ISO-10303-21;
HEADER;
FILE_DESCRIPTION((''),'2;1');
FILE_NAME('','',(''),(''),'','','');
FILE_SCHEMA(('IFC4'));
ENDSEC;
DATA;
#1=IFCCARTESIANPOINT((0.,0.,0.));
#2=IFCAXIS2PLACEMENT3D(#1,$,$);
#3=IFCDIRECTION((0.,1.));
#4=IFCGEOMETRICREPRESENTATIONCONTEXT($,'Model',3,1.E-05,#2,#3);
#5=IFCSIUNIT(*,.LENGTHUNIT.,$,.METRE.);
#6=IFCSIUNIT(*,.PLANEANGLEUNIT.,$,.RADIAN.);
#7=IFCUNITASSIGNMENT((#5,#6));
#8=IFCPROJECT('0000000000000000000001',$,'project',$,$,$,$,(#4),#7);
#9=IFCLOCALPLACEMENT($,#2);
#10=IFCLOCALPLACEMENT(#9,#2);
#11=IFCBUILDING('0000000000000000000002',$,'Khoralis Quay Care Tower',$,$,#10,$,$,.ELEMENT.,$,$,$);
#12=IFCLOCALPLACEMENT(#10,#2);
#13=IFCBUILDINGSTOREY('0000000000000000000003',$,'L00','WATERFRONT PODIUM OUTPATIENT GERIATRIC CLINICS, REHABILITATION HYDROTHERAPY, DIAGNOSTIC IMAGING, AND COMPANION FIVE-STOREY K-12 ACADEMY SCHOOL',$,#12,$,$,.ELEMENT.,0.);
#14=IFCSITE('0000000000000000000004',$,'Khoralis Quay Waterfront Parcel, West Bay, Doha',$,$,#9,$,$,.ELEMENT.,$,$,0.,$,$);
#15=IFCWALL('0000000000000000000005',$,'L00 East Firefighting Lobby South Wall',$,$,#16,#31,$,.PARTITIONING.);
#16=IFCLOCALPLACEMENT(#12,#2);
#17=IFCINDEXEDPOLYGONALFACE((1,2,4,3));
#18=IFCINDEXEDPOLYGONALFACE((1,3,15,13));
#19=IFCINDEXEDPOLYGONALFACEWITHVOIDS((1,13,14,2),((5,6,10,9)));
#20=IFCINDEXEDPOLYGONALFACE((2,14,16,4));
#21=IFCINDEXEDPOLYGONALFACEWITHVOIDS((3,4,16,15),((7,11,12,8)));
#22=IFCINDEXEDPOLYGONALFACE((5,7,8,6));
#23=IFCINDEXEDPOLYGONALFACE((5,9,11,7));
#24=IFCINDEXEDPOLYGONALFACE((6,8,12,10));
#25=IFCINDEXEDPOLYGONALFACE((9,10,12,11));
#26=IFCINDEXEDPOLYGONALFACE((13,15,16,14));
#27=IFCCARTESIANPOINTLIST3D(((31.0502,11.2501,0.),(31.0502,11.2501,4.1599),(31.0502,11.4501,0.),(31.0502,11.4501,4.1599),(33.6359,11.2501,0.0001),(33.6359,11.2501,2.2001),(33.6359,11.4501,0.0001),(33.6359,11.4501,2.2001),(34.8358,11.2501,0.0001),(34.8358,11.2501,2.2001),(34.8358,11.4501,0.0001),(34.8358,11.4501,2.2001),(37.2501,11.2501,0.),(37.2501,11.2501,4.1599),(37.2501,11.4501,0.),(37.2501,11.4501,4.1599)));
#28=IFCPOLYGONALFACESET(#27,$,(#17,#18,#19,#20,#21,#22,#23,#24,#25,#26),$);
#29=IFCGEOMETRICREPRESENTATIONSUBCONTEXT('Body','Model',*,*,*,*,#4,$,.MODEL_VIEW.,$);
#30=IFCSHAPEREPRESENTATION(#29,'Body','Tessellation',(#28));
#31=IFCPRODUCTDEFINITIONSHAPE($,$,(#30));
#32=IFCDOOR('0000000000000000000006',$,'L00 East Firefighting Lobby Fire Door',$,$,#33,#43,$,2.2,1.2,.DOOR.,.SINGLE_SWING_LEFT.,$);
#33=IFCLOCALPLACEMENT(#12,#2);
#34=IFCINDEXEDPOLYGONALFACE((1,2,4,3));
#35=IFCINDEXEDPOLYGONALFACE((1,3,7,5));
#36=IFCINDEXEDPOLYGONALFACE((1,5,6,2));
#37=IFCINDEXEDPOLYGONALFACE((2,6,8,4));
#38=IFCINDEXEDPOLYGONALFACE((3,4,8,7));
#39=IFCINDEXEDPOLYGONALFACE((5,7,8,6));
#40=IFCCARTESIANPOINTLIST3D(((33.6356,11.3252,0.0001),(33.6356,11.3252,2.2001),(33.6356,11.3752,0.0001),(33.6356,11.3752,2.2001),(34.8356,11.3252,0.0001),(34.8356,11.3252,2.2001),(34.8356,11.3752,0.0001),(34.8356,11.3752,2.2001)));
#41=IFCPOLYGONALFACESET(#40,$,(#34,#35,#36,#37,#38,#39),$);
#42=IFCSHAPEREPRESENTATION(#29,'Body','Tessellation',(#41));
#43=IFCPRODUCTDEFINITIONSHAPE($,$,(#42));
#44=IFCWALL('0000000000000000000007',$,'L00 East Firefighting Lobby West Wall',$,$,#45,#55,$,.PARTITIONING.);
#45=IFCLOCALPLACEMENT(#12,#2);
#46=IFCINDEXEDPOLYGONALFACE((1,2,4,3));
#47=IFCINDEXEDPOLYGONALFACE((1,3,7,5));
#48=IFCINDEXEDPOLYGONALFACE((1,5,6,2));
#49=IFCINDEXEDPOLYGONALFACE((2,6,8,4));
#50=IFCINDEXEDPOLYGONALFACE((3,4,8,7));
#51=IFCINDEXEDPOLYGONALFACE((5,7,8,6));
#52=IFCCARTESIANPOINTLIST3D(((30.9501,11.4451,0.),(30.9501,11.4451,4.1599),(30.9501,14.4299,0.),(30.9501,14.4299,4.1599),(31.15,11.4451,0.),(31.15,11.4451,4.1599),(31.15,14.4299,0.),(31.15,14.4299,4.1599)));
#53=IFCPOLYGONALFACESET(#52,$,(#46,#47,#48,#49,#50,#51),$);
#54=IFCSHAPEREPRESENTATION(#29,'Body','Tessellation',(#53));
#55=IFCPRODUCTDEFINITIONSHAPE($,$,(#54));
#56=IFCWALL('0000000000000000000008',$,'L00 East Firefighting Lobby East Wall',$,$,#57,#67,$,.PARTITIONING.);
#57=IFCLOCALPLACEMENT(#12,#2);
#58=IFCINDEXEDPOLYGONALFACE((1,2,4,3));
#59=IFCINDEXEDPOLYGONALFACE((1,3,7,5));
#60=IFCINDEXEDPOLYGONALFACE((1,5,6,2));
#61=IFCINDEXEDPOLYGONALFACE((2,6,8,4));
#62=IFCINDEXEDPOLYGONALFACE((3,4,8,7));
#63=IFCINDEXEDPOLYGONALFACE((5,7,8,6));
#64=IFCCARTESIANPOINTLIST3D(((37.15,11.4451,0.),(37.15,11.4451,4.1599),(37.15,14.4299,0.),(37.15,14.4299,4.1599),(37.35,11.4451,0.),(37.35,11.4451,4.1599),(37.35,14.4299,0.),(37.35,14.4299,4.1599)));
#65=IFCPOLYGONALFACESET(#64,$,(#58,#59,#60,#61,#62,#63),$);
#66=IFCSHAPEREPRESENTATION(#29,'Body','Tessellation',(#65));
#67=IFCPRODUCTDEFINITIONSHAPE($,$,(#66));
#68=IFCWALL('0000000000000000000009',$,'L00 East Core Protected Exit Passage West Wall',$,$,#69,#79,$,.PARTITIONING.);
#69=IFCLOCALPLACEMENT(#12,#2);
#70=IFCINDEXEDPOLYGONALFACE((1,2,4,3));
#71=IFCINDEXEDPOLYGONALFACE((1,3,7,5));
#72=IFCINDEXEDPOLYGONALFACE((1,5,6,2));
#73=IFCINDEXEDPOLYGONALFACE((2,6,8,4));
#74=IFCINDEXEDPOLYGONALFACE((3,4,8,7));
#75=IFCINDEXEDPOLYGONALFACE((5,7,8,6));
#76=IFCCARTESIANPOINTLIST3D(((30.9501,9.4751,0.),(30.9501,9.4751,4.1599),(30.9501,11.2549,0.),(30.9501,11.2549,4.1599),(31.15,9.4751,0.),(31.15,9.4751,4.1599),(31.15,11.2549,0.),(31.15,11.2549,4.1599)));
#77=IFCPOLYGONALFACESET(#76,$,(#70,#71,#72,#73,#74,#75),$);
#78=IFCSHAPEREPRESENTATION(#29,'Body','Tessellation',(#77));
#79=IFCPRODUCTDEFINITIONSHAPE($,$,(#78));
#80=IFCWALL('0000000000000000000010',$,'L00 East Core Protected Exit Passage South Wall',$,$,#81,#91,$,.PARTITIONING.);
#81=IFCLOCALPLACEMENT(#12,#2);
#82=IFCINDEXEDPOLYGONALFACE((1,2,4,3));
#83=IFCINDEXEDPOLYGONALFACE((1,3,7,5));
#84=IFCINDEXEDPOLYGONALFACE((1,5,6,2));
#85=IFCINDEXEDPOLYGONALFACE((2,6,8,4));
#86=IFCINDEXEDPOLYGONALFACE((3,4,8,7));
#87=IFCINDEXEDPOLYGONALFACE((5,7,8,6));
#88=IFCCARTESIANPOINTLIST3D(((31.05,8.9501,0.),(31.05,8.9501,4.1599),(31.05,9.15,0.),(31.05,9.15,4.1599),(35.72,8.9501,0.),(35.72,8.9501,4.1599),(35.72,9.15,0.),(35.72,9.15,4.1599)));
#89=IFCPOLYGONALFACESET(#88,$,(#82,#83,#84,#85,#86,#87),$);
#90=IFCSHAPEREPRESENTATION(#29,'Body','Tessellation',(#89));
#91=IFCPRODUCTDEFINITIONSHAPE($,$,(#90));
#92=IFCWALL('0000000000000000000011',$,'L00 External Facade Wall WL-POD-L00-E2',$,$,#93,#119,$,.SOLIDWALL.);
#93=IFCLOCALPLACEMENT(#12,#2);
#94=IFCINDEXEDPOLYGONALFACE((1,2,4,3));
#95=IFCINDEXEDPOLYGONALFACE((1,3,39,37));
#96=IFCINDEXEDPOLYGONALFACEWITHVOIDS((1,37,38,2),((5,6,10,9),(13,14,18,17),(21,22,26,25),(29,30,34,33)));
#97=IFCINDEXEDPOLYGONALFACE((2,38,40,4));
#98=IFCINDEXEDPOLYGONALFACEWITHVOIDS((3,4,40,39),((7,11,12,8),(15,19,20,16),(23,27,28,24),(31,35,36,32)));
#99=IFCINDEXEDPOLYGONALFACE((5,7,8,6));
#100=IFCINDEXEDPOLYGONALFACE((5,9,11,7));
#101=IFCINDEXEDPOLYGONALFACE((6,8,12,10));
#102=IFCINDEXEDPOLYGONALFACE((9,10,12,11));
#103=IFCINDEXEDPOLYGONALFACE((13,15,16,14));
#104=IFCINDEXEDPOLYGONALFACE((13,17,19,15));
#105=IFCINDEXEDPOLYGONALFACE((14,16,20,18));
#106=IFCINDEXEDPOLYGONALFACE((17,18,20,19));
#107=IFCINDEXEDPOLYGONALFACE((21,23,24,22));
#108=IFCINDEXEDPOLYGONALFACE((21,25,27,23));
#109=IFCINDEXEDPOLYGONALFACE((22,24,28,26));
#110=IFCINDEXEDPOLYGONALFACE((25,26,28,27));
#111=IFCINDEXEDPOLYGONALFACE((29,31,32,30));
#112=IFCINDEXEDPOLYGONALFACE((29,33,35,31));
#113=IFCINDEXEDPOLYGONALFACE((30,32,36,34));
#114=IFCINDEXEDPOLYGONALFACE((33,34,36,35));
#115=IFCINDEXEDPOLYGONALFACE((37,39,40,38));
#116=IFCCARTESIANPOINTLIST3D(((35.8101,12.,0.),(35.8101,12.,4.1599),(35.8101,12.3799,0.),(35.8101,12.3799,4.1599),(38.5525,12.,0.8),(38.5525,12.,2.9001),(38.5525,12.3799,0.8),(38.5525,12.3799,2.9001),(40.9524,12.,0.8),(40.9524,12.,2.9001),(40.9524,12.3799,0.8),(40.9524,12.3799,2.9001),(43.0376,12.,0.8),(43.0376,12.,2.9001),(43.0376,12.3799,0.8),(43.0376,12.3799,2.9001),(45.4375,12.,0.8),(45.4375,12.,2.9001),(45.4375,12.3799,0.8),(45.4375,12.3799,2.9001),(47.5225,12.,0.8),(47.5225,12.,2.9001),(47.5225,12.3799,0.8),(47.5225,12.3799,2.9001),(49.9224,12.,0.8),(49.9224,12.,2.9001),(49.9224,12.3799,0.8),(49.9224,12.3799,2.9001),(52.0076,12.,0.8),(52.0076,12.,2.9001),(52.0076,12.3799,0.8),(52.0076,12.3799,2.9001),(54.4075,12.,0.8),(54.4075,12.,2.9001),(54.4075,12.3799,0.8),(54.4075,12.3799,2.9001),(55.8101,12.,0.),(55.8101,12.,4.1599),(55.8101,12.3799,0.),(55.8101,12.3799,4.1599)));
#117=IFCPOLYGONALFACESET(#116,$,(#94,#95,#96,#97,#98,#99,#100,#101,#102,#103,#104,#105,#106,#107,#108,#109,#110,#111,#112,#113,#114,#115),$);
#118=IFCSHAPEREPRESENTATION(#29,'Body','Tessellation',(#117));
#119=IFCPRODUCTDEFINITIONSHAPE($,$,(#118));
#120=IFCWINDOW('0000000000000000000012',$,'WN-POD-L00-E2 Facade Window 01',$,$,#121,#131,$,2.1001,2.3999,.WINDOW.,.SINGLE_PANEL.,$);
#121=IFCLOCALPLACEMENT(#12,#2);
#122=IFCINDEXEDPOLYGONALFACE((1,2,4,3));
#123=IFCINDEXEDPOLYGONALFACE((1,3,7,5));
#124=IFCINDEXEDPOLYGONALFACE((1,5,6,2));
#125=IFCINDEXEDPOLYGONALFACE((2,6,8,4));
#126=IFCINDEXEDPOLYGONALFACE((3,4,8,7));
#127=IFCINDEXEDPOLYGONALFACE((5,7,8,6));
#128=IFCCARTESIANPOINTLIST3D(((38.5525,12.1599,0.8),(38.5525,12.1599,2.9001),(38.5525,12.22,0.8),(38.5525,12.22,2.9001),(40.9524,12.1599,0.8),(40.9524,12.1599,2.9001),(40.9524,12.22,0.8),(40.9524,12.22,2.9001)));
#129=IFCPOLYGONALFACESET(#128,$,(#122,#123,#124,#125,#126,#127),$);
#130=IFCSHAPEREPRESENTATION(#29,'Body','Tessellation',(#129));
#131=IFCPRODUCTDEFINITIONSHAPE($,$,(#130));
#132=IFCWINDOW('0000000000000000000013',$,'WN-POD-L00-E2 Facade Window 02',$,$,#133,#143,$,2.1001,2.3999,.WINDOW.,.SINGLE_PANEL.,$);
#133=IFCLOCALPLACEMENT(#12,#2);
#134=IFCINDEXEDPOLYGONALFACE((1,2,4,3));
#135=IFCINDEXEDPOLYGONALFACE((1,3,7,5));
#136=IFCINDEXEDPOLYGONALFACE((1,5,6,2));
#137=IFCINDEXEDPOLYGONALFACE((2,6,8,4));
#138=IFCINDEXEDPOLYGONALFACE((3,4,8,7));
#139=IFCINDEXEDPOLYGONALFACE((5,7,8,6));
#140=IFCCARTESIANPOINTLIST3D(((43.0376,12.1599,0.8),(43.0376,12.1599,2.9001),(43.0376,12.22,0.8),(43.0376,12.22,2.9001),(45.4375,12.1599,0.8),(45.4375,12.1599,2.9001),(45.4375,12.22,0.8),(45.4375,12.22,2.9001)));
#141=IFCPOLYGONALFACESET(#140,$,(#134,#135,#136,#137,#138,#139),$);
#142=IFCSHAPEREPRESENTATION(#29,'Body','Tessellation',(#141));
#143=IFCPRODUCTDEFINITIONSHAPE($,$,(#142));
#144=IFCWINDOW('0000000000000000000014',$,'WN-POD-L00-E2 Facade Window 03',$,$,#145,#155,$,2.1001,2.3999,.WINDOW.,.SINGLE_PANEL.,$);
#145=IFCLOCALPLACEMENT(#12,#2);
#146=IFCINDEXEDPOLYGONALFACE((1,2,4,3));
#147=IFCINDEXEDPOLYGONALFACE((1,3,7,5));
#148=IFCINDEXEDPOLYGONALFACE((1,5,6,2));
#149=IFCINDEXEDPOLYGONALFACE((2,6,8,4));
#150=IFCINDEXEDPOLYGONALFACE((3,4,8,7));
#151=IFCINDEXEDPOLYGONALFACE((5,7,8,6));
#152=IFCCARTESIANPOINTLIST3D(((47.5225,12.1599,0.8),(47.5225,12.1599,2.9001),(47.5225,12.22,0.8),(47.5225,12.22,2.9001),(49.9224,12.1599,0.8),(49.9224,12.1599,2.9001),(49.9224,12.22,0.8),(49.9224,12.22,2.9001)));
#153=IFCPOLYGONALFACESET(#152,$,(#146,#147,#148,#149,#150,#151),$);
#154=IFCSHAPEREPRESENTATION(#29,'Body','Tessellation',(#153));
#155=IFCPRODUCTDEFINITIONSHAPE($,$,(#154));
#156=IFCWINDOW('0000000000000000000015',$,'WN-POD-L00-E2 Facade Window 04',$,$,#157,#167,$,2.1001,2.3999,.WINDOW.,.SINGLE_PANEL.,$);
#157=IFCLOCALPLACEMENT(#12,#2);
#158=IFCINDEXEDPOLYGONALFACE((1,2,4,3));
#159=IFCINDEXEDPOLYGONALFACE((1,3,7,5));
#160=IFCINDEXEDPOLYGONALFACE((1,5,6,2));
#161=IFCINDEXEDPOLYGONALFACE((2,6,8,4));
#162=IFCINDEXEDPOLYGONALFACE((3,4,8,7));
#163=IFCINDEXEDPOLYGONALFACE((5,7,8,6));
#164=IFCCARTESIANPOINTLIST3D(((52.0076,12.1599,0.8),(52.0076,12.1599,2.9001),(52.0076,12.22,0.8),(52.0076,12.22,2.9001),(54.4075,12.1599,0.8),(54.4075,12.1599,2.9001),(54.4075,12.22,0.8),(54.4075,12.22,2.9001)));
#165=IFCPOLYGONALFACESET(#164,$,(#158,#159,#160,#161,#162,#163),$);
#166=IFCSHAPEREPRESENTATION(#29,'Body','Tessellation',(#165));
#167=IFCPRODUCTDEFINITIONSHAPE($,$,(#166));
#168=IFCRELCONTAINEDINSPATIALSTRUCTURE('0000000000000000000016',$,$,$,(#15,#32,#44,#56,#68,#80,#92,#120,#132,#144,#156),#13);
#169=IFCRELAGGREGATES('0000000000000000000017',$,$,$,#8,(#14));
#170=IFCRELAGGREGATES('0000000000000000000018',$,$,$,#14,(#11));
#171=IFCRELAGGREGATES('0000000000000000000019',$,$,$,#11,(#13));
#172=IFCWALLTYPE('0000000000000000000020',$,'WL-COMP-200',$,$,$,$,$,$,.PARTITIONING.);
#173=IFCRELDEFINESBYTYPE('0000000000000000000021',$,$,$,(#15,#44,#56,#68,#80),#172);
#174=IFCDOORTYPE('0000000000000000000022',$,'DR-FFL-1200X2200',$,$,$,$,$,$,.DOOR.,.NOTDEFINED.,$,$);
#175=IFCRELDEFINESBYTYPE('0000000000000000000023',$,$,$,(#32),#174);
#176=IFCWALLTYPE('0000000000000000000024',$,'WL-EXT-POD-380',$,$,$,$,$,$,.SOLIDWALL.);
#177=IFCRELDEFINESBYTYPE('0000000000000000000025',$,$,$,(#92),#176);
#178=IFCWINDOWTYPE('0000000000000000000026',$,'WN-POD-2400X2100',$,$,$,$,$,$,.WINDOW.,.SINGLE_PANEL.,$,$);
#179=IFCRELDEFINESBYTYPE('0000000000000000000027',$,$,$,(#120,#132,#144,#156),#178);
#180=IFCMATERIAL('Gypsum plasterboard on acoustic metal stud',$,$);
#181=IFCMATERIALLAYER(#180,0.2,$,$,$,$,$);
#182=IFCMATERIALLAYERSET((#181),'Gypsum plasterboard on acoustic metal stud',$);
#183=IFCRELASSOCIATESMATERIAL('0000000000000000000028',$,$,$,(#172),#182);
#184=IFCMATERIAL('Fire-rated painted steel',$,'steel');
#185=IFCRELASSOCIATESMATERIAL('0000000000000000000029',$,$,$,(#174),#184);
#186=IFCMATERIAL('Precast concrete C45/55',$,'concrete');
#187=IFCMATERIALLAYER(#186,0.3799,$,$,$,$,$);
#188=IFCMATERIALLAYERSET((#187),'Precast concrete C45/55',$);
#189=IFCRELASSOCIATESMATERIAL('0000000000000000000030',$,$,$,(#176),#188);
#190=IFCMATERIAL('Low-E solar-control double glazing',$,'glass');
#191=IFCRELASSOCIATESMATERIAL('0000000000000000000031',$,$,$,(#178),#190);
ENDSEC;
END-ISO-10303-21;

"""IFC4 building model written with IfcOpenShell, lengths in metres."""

from ifc_helpers import new_model, si_unit, direction, frame, frame_2d, origin, place, context, subcontext, project, spatial, rectangle, extrude, source, transform, mapped, material, layer, layer_set, type_object, element, fill, save


model = new_model("IFC4")

# Units and contexts
model_context = context("Model", 3, precision=1e-05, world=origin(), true_north=direction((0.0, 1.0)))
body_context = subcontext(model_context, "Body", "Model", "MODEL_VIEW")
ifc_project = project(units=[si_unit("LENGTHUNIT", "METRE"), si_unit("PLANEANGLEUNIT", "RADIAN")], contexts=[model_context])

# Site, building, storey
site_placement = place(None, origin())
site = spatial("IfcSite", under=ifc_project, at=site_placement, Name="Khoralis Quay Waterfront Parcel, West Bay, Doha", CompositionType="ELEMENT", RefElevation=0.0)
building_placement = place(site_placement, origin())
building = spatial("IfcBuilding", under=site, at=building_placement, Name="Khoralis Quay Care Tower", CompositionType="ELEMENT")
storey_placement = place(building_placement, origin())
storey = spatial("IfcBuildingStorey", under=building, at=storey_placement, Name="L00", Description="WATERFRONT PODIUM OUTPATIENT GERIATRIC CLINICS, REHABILITATION HYDROTHERAPY, DIAGNOSTIC IMAGING, AND COMPANION FIVE-STOREY K-12 ACADEMY SCHOOL", CompositionType="ELEMENT", Elevation=0.0)

# Shared definitions
ifc_material_1 = material(Name="Low-E solar-control double glazing", Category="glass")

# Wall, opening, door
ifc_material_2 = material(Name="Gypsum plasterboard on acoustic metal stud")
ifc_layer_1 = layer(ifc_material_2, 0.2)
ifc_layer_set_1 = layer_set([ifc_layer_1], Name="Gypsum plasterboard on acoustic metal stud")
wall_type_1 = type_object("IfcWallType", Name="WL-COMP-200", PredefinedType="PARTITIONING", material=ifc_layer_set_1)
wall_1_placement = place(storey_placement, frame((31.05, 11.3501, 0.0), z_axis=(0.0, 0.0, 1.0), x_axis=(1.0, 0.0, 0.0)))
wall_1 = element("IfcWall", 1, at=wall_1_placement, inside=storey, type_object=wall_type_1, Name="L00 East Firefighting Lobby South Wall", PredefinedType="PARTITIONING", context=body_context, shape_type="SweptSolid", body=[
    extrude(rectangle(XDim=6.2, YDim=0.2, at=frame_2d((3.1001, 0.0))), origin(), (0.0, 0.0, 1.0), 4.1599),
])
opening_1_placement = place(wall_1_placement, frame((2.5857, 0.0, 0.0)))
opening_1 = element("IfcOpeningElement", 2, at=opening_1_placement, cuts=wall_1, PredefinedType="OPENING", context=body_context, shape_type="SweptSolid", body=[
    extrude(rectangle(XDim=1.2, YDim=2.2, at=frame_2d((0.6001, 1.1001))), frame((0.0, 0.1099, 0.0), z_axis=(0.0, -1.0, 0.0), x_axis=(1.0, 0.0, 0.0)), (0.0, 0.0, 1.0), 0.22),
])
ifc_material_3 = material(Name="Fire-rated painted steel", Category="steel")
door_type_1 = type_object("IfcDoorType", Name="DR-FFL-1200X2200", OperationType="NOTDEFINED", PredefinedType="DOOR", material=ifc_material_3)
shared_shape_1 = source(origin(), body_context, "Body", "SweptSolid", [
    extrude(rectangle(XDim=1.2, YDim=2.2, at=frame_2d((0.6001, 1.1001))), frame((0.0, 0.0249, 0.0), z_axis=(0.0, -1.0, 0.0), x_axis=(1.0, 0.0, 0.0)), (0.0, 0.0, 1.0), 0.05),
])
door_1_placement = place(opening_1_placement, frame((1.2, 0.0, 0.0), z_axis=(0.0, 0.0, 1.0), x_axis=(-1.0, 0.0, 0.0)))
door_1 = element("IfcDoor", 3, at=door_1_placement, inside=storey, type_object=door_type_1, Name="L00 East Firefighting Lobby Fire Door", OperationType="SINGLE_SWING_LEFT", OverallHeight=2.2, OverallWidth=1.2, PredefinedType="DOOR", context=body_context, shape_type="MappedRepresentation", body=[
    mapped(shared_shape_1, transform((0.0, 0.0, 0.0), scale=1.0)),
])
fill(opening_1, door_1)

# Walls
for number, where, z_axis, x_axis, name in (
    (4, (31.05, 11.4451, 0.0), (0.0, 0.0, 1.0), (0.0, 1.0, 0.0), "L00 East Firefighting Lobby West Wall"),
    (5, (37.25, 11.4451, 0.0), (0.0, 0.0, 1.0), (0.0, 1.0, 0.0), "L00 East Firefighting Lobby East Wall"),
):
    element("IfcWall", number, at=place(storey_placement, frame(where, z_axis=z_axis, x_axis=x_axis)), inside=storey, type_object=wall_type_1, Name=name, PredefinedType="PARTITIONING", context=body_context, shape_type="SweptSolid", body=[
        extrude(rectangle(XDim=2.9849, YDim=0.2, at=frame_2d((1.4924, 0.0))), origin(), (0.0, 0.0, 1.0), 4.1599),
    ])
wall_2_placement = place(storey_placement, frame((31.05, 9.4751, 0.0), z_axis=(0.0, 0.0, 1.0), x_axis=(0.0, 1.0, 0.0)))
element("IfcWall", 6, at=wall_2_placement, inside=storey, type_object=wall_type_1, Name="L00 East Core Protected Exit Passage West Wall", PredefinedType="PARTITIONING", context=body_context, shape_type="SweptSolid", body=[
    extrude(rectangle(XDim=1.7798, YDim=0.2, at=frame_2d((0.8899, 0.0))), origin(), (0.0, 0.0, 1.0), 4.1599),
])
wall_3_placement = place(storey_placement, frame((31.05, 9.05, 0.0), z_axis=(0.0, 0.0, 1.0), x_axis=(1.0, 0.0, 0.0)))
element("IfcWall", 7, at=wall_3_placement, inside=storey, type_object=wall_type_1, Name="L00 East Core Protected Exit Passage South Wall", PredefinedType="PARTITIONING", context=body_context, shape_type="SweptSolid", body=[
    extrude(rectangle(XDim=4.6699, YDim=0.2, at=frame_2d((2.335, 0.0))), origin(), (0.0, 0.0, 1.0), 4.1599),
])

# Shared definitions
ifc_material_4 = material(Name="Precast concrete C45/55", Category="concrete")
ifc_layer_2 = layer(ifc_material_4, 0.3799)
ifc_layer_set_2 = layer_set([ifc_layer_2], Name="Precast concrete C45/55")
wall_type_2 = type_object("IfcWallType", Name="WL-EXT-POD-380", PredefinedType="SOLIDWALL", material=ifc_layer_set_2)

# Wall, openings, windows
wall_4_placement = place(storey_placement, frame((35.8101, 12.1899, 0.0), z_axis=(0.0, 0.0, 1.0), x_axis=(1.0, 0.0, 0.0)))
wall_4 = element("IfcWall", 8, at=wall_4_placement, inside=storey, type_object=wall_type_2, Name="L00 External Facade Wall WL-POD-L00-E2", PredefinedType="SOLIDWALL", context=body_context, shape_type="SweptSolid", body=[
    extrude(rectangle(XDim=20.0, YDim=0.3799, at=frame_2d((10.0, 0.0))), origin(), (0.0, 0.0, 1.0), 4.1599),
])
opening_2_placement = place(wall_4_placement, frame((2.7424, 0.0, 0.8)))
opening_2 = element("IfcOpeningElement", 9, at=opening_2_placement, cuts=wall_4, PredefinedType="OPENING", context=body_context, shape_type="SweptSolid", body=[
    extrude(rectangle(XDim=2.3999, YDim=2.1001, at=frame_2d((1.2, 1.05))), frame((0.0, 0.2, 0.0), z_axis=(0.0, -1.0, 0.0), x_axis=(1.0, 0.0, 0.0)), (0.0, 0.0, 1.0), 0.3999),
])
opening_3_placement = place(wall_4_placement, frame((7.2275, 0.0, 0.8)))
opening_3 = element("IfcOpeningElement", 10, at=opening_3_placement, cuts=wall_4, PredefinedType="OPENING", context=body_context, shape_type="SweptSolid", body=[
    extrude(rectangle(XDim=2.3999, YDim=2.1001, at=frame_2d((1.2, 1.05))), frame((0.0, 0.2, 0.0), z_axis=(0.0, -1.0, 0.0), x_axis=(1.0, 0.0, 0.0)), (0.0, 0.0, 1.0), 0.3999),
])
opening_4_placement = place(wall_4_placement, frame((11.7124, 0.0, 0.8)))
opening_4 = element("IfcOpeningElement", 11, at=opening_4_placement, cuts=wall_4, PredefinedType="OPENING", context=body_context, shape_type="SweptSolid", body=[
    extrude(rectangle(XDim=2.3999, YDim=2.1001, at=frame_2d((1.2, 1.05))), frame((0.0, 0.2, 0.0), z_axis=(0.0, -1.0, 0.0), x_axis=(1.0, 0.0, 0.0)), (0.0, 0.0, 1.0), 0.3999),
])
opening_5_placement = place(wall_4_placement, frame((16.1975, 0.0, 0.8)))
opening_5 = element("IfcOpeningElement", 12, at=opening_5_placement, cuts=wall_4, PredefinedType="OPENING", context=body_context, shape_type="SweptSolid", body=[
    extrude(rectangle(XDim=2.3999, YDim=2.1001, at=frame_2d((1.2, 1.05))), frame((0.0, 0.2, 0.0), z_axis=(0.0, -1.0, 0.0), x_axis=(1.0, 0.0, 0.0)), (0.0, 0.0, 1.0), 0.3999),
])
window_type = type_object("IfcWindowType", Name="WN-POD-2400X2100", PartitioningType="SINGLE_PANEL", PredefinedType="WINDOW", material=ifc_material_1)
shared_shape_2 = source(origin(), body_context, "Body", "SweptSolid", [
    extrude(rectangle(XDim=2.3999, YDim=2.1001, at=frame_2d((1.2, 1.05))), frame((0.0, 0.03, 0.0), z_axis=(0.0, -1.0, 0.0), x_axis=(1.0, 0.0, 0.0)), (0.0, 0.0, 1.0), 0.0601),
])
window_1_placement = place(opening_2_placement, origin())
window_1 = element("IfcWindow", 13, at=window_1_placement, inside=storey, type_object=window_type, Name="WN-POD-L00-E2 Facade Window 01", OverallHeight=2.1001, OverallWidth=2.3999, PartitioningType="SINGLE_PANEL", PredefinedType="WINDOW", context=body_context, shape_type="MappedRepresentation", body=[
    mapped(shared_shape_2, transform((0.0, 0.0, 0.0), scale=1.0)),
])
fill(opening_2, window_1)
window_2_placement = place(opening_3_placement, origin())
window_2 = element("IfcWindow", 14, at=window_2_placement, inside=storey, type_object=window_type, Name="WN-POD-L00-E2 Facade Window 02", OverallHeight=2.1001, OverallWidth=2.3999, PartitioningType="SINGLE_PANEL", PredefinedType="WINDOW", context=body_context, shape_type="MappedRepresentation", body=[
    mapped(shared_shape_2, transform((0.0, 0.0, 0.0), scale=1.0)),
])
fill(opening_3, window_2)
window_3_placement = place(opening_4_placement, origin())
window_3 = element("IfcWindow", 15, at=window_3_placement, inside=storey, type_object=window_type, Name="WN-POD-L00-E2 Facade Window 03", OverallHeight=2.1001, OverallWidth=2.3999, PartitioningType="SINGLE_PANEL", PredefinedType="WINDOW", context=body_context, shape_type="MappedRepresentation", body=[
    mapped(shared_shape_2, transform((0.0, 0.0, 0.0), scale=1.0)),
])
fill(opening_4, window_3)
window_4_placement = place(opening_5_placement, origin())
window_4 = element("IfcWindow", 16, at=window_4_placement, inside=storey, type_object=window_type, Name="WN-POD-L00-E2 Facade Window 04", OverallHeight=2.1001, OverallWidth=2.3999, PartitioningType="SINGLE_PANEL", PredefinedType="WINDOW", context=body_context, shape_type="MappedRepresentation", body=[
    mapped(shared_shape_2, transform((0.0, 0.0, 0.0), scale=1.0)),
])
fill(opening_5, window_4)

save(model, "model.ifc")
